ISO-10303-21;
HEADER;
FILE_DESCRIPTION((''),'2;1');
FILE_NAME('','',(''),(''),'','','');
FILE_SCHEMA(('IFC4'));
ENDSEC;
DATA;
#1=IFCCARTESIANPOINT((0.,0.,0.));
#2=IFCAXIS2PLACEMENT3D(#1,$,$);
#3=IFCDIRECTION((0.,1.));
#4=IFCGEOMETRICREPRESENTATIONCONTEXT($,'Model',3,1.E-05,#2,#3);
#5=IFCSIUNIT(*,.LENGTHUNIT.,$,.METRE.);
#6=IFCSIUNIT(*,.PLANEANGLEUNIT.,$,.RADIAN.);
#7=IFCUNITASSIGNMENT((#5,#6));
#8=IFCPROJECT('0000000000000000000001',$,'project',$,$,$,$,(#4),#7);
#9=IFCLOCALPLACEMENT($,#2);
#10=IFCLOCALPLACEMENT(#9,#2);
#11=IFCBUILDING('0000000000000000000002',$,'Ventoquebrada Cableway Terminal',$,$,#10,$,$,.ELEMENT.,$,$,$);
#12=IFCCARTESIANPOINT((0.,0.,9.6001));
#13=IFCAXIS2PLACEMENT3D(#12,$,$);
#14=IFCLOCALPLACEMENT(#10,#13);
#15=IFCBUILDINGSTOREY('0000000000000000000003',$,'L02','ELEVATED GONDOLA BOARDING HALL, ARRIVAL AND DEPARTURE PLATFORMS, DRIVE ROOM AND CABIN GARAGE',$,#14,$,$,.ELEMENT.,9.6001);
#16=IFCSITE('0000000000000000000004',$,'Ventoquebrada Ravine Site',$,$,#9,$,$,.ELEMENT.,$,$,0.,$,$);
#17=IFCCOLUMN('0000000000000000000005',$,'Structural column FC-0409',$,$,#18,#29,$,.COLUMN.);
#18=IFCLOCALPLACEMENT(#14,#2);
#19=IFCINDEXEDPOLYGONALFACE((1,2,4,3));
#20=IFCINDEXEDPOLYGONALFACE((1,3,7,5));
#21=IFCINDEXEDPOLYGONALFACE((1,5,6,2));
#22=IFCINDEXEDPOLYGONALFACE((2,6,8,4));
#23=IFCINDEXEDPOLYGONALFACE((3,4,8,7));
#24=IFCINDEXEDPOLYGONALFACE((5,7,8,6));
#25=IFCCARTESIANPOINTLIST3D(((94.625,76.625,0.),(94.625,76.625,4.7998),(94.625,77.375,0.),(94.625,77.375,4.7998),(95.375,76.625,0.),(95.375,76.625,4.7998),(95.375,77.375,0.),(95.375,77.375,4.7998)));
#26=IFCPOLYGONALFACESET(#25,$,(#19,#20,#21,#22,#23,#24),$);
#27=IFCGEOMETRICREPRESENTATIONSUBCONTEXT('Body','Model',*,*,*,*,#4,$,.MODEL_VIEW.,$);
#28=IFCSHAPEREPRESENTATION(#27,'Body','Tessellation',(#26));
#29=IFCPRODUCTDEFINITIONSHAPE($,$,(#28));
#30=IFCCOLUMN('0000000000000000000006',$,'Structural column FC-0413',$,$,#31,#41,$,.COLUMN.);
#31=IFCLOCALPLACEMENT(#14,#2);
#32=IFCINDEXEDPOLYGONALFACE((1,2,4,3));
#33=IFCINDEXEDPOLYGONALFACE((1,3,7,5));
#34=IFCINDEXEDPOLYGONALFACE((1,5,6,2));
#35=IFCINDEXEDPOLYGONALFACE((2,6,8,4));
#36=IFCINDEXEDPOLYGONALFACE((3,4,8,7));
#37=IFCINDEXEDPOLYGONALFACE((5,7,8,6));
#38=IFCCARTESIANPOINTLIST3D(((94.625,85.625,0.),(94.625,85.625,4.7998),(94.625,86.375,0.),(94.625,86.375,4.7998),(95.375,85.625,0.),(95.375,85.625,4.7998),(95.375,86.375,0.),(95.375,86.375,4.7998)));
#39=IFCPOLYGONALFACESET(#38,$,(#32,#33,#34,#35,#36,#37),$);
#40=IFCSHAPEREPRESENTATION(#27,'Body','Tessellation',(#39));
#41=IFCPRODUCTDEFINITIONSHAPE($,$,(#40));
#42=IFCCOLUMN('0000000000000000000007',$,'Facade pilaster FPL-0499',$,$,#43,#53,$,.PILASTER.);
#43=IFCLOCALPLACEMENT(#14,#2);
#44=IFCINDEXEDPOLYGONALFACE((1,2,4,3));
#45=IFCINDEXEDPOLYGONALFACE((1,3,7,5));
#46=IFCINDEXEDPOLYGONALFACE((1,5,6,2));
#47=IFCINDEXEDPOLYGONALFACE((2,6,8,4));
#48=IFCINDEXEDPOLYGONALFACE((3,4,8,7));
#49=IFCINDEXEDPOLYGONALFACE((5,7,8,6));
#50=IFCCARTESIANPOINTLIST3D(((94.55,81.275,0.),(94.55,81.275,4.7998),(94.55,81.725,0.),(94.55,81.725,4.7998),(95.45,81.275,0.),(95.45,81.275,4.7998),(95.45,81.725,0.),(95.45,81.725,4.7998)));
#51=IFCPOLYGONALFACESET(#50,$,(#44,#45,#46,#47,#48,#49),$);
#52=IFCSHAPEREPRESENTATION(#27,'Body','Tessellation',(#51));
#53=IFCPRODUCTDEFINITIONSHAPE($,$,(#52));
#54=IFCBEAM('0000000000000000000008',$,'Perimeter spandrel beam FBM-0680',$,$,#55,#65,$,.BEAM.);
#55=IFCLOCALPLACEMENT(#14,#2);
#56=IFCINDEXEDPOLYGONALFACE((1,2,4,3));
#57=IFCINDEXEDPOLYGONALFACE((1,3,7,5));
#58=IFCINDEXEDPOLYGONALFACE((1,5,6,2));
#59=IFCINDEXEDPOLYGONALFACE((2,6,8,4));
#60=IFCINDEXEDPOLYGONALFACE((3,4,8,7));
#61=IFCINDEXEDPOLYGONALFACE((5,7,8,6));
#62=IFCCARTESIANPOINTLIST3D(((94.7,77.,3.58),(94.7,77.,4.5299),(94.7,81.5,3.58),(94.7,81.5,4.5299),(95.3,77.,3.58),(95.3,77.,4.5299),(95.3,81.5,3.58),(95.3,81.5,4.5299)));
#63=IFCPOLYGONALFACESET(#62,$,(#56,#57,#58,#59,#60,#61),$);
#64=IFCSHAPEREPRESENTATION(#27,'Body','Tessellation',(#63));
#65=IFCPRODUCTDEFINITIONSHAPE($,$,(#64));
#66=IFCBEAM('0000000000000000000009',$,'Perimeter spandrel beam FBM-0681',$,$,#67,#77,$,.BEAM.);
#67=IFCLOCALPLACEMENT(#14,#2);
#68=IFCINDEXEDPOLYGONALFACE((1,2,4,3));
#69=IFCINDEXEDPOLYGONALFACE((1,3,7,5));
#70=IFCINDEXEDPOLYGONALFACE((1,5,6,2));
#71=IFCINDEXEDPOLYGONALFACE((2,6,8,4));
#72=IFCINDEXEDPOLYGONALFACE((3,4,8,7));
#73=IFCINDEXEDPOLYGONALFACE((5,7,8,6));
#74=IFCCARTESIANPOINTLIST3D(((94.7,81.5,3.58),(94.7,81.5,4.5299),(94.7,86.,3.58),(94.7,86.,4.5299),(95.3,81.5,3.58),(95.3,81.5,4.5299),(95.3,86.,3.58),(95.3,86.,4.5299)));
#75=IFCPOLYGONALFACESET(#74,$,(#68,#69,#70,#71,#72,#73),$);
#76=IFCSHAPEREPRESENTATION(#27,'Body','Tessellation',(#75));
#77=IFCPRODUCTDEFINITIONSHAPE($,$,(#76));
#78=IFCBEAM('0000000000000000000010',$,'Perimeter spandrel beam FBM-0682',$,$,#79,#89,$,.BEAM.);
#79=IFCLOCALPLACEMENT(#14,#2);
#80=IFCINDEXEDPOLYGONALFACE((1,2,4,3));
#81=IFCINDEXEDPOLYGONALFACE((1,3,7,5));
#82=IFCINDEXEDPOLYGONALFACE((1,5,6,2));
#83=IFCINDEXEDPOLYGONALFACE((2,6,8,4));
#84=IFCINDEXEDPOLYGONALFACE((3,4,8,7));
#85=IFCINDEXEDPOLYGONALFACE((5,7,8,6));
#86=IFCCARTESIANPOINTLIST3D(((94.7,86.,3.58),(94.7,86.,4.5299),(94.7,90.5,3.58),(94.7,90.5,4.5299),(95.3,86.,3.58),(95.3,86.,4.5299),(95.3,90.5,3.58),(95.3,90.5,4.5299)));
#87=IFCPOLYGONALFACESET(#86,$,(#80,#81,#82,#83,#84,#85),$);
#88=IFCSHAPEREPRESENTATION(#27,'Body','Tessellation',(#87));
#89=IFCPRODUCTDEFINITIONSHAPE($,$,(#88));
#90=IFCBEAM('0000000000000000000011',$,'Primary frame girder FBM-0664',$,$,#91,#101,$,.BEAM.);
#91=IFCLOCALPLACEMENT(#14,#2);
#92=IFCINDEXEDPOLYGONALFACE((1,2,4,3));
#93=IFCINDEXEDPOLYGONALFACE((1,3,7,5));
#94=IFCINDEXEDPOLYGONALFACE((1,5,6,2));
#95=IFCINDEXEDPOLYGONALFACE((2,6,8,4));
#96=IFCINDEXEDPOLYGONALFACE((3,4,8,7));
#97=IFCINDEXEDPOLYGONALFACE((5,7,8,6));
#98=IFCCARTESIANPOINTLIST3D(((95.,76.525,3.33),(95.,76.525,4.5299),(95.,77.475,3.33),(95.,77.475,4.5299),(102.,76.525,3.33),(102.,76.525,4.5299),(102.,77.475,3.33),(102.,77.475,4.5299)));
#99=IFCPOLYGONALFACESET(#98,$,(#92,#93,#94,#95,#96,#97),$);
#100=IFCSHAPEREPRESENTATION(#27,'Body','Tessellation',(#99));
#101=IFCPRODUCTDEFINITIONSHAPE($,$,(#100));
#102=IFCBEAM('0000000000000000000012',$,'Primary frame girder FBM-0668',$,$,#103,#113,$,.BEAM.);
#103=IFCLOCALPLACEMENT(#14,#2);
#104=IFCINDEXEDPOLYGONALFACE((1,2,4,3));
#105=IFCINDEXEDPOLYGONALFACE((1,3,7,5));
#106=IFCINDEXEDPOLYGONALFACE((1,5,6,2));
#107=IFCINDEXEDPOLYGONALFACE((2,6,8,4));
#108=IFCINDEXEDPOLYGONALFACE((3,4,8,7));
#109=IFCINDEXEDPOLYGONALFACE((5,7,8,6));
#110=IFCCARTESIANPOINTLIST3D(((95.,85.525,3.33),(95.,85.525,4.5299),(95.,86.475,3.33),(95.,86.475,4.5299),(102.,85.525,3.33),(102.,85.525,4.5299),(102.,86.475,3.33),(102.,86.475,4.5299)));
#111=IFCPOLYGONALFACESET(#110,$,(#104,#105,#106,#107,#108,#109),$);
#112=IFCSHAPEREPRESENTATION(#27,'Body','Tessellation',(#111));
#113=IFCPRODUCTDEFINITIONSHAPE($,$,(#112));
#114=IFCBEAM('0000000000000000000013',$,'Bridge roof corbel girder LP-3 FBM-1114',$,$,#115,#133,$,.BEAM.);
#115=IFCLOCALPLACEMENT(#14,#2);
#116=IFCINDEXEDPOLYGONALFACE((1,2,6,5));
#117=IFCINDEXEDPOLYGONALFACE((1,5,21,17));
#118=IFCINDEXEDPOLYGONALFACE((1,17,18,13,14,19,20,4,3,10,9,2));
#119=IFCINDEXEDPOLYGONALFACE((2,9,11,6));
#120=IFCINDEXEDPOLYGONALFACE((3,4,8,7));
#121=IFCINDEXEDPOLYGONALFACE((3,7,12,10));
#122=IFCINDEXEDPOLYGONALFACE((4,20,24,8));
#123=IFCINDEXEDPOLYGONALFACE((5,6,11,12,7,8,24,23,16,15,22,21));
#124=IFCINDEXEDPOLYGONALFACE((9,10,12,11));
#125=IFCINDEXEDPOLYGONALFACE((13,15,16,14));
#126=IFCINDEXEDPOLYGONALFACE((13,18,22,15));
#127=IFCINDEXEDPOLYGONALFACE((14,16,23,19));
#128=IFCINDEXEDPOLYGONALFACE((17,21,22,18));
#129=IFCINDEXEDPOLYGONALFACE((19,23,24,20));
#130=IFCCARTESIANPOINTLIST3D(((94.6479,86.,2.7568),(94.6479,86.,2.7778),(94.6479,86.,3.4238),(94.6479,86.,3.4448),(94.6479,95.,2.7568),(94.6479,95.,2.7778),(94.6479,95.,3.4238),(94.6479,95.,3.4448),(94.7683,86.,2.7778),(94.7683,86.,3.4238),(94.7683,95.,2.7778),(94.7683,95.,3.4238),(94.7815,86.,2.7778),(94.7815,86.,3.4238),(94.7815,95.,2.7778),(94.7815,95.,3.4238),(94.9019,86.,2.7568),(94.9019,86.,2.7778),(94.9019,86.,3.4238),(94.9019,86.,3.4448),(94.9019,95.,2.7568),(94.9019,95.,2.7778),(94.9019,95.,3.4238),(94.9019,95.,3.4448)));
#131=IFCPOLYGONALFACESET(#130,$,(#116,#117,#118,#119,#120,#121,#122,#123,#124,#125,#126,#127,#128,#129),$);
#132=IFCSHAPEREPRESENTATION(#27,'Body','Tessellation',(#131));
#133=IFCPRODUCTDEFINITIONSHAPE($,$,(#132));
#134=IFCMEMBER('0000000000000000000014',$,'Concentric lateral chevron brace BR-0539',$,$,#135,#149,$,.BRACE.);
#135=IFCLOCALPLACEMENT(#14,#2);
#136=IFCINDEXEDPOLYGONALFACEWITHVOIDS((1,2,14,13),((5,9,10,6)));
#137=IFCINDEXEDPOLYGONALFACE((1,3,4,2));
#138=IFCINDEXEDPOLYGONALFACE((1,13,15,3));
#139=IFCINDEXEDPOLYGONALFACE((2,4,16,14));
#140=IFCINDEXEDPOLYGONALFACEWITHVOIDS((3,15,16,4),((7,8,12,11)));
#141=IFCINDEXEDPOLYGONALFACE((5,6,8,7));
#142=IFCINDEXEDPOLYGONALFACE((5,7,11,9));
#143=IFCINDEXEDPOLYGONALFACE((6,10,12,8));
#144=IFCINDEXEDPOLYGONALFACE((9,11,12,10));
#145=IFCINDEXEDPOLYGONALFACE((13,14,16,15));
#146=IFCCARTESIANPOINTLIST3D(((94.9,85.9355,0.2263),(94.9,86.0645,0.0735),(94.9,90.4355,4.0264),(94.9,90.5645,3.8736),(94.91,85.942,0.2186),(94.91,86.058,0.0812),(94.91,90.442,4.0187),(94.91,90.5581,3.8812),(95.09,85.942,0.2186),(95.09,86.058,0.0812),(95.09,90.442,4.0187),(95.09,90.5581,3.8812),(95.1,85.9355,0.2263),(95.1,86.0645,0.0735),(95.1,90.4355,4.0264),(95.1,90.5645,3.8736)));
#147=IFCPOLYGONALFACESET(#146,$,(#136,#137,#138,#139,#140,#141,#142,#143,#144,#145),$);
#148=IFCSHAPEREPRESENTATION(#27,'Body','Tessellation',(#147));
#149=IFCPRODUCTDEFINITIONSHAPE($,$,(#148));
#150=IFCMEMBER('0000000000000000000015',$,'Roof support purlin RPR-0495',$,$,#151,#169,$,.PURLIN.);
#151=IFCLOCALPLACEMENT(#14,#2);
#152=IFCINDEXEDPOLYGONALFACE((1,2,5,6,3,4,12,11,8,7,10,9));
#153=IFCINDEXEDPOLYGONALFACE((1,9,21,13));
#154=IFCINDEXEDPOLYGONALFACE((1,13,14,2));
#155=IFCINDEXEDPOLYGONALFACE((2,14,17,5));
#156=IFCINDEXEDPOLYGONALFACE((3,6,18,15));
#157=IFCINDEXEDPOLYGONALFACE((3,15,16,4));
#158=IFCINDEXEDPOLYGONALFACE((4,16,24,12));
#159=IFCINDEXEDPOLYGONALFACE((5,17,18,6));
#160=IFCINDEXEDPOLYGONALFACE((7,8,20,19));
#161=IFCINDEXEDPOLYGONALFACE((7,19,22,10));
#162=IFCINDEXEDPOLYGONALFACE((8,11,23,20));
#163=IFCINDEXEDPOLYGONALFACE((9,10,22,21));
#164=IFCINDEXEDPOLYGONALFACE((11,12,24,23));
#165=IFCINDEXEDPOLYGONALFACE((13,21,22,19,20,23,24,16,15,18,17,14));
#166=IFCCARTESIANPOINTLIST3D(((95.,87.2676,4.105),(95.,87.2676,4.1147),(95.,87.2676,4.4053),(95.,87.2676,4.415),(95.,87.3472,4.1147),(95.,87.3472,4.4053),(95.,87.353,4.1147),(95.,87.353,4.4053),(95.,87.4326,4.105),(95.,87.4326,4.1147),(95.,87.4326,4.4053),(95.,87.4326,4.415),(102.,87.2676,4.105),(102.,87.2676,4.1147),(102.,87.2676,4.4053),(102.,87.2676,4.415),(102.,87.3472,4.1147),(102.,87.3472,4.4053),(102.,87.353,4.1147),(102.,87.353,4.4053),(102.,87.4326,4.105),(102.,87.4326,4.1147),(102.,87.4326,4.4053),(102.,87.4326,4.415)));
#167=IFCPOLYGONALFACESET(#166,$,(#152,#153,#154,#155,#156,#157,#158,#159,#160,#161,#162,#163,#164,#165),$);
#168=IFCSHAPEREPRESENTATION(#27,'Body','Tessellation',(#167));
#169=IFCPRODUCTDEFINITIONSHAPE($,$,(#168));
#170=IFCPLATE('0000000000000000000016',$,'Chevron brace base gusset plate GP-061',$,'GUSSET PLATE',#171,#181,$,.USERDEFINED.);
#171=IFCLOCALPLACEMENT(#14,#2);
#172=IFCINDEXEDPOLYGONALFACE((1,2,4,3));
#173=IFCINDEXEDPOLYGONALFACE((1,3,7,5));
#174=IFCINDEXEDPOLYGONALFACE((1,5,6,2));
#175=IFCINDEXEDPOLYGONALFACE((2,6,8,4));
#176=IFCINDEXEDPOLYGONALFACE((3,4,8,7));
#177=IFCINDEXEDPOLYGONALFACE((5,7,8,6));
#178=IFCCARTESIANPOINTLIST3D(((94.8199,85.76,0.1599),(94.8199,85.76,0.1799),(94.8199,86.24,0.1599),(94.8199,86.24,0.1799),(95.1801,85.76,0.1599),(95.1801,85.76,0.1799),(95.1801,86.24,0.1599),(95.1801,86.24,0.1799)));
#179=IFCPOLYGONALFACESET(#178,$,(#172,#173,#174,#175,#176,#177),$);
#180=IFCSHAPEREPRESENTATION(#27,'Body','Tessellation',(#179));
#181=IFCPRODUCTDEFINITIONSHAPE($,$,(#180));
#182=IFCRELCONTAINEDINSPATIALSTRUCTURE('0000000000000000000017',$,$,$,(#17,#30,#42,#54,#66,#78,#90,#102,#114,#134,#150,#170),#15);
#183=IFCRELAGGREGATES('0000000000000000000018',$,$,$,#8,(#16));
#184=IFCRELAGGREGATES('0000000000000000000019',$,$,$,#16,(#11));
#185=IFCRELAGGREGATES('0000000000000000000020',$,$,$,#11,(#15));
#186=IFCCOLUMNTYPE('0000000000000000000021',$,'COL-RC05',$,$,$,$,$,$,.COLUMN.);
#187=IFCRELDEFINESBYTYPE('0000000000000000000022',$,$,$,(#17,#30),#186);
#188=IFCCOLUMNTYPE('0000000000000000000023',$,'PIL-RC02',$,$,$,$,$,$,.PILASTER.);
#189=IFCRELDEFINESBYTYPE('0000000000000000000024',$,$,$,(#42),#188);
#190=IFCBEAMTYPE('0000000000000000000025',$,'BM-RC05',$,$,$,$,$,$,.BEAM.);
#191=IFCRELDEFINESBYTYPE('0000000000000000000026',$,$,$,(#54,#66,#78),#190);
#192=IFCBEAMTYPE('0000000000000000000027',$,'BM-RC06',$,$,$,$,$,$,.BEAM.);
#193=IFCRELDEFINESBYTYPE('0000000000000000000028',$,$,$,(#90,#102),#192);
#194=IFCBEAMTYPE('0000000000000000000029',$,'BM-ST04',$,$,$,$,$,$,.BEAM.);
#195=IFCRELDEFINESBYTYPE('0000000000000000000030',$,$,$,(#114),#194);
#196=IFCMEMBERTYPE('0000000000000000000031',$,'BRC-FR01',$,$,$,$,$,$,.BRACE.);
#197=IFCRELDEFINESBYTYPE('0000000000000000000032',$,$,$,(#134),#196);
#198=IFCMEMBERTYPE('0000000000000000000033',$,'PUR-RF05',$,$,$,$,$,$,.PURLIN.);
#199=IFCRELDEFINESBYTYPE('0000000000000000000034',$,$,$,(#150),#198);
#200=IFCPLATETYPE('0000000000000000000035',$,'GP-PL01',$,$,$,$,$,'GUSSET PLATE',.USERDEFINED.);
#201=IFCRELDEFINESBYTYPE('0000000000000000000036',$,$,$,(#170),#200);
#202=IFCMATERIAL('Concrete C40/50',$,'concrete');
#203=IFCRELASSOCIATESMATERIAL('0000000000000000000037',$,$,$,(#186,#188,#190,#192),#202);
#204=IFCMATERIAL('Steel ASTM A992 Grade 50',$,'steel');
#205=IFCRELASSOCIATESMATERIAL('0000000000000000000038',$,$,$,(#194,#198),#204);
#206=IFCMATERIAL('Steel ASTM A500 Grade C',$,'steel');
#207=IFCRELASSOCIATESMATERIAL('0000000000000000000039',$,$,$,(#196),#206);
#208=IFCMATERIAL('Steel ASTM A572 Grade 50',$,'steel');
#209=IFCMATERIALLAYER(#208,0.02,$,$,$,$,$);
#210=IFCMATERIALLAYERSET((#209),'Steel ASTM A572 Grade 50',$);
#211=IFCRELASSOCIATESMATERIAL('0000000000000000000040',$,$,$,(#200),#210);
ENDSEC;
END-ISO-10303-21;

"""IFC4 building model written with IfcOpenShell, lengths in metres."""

from ifc_helpers import new_model, si_unit, direction, frame, origin, origin_2d, place, context, subcontext, project, spatial, rectangle, hollow_rectangle, i_section, extrude, material, layer, layer_set, material_profile, profile_set, type_object, element, save


model = new_model("IFC4")

# Units and contexts
model_context = context("Model", 3, precision=1e-05, world=origin(), true_north=direction((0.0, 1.0)))
body_context = subcontext(model_context, "Body", "Model", "MODEL_VIEW")
ifc_project = project(units=[si_unit("LENGTHUNIT", "METRE"), si_unit("PLANEANGLEUNIT", "RADIAN")], contexts=[model_context])

# Site, building, storey
site_placement = place(None, origin())
site = spatial("IfcSite", under=ifc_project, at=site_placement, Name="Ventoquebrada Ravine Site", CompositionType="ELEMENT", RefElevation=0.0)
building_placement = place(site_placement, origin())
building = spatial("IfcBuilding", under=site, at=building_placement, Name="Ventoquebrada Cableway Terminal", CompositionType="ELEMENT")
storey_placement = place(building_placement, frame((0.0, 0.0, 9.6001)))
storey = spatial("IfcBuildingStorey", under=building, at=storey_placement, Name="L02", Description="ELEVATED GONDOLA BOARDING HALL, ARRIVAL AND DEPARTURE PLATFORMS, DRIVE ROOM AND CABIN GARAGE", CompositionType="ELEMENT", Elevation=9.6001)

# Columns
ifc_material_1 = material(Name="Concrete C40/50", Category="concrete")
ifc_material_profile_1 = material_profile(ifc_material_1, rectangle(XDim=0.75, YDim=0.75, at=origin_2d()), Name="RC-COL-750X750")
ifc_profile_set_1 = profile_set([ifc_material_profile_1], Name="Concrete C40/50")
column_type_1 = type_object("IfcColumnType", Name="COL-RC05", PredefinedType="COLUMN", material=ifc_profile_set_1)
for number, where, z_axis, x_axis, name in (
    (1, (95.0, 77.0, 0.0), (0.0, 0.0, 1.0), (1.0, 0.0, 0.0), "Structural column FC-0409"),
    (2, (95.0, 86.0, 0.0), (0.0, 0.0, 1.0), (1.0, 0.0, 0.0), "Structural column FC-0413"),
):
    element("IfcColumn", number, at=place(storey_placement, frame(where, z_axis=z_axis, x_axis=x_axis)), inside=storey, type_object=column_type_1, Name=name, PredefinedType="COLUMN", context=body_context, shape_type="SweptSolid", body=[
        extrude(rectangle(XDim=0.75, YDim=0.75, at=origin_2d()), origin(), (0.0, 0.0, 1.0), 4.7998),
    ])
ifc_material_profile_2 = material_profile(ifc_material_1, rectangle(XDim=0.45, YDim=0.8999, at=origin_2d()), Name="RC-PIL-450X900")
ifc_profile_set_2 = profile_set([ifc_material_profile_2], Name="Concrete C40/50")
column_type_2 = type_object("IfcColumnType", Name="PIL-RC02", PredefinedType="PILASTER", material=ifc_profile_set_2)
column_placement = place(storey_placement, frame((95.0, 81.5, 0.0), z_axis=(0.0, 0.0, 1.0), x_axis=(0.0, 1.0, 0.0)))
element("IfcColumn", 3, at=column_placement, inside=storey, type_object=column_type_2, Name="Facade pilaster FPL-0499", PredefinedType="PILASTER", context=body_context, shape_type="SweptSolid", body=[
    extrude(rectangle(XDim=0.45, YDim=0.8999, at=origin_2d()), origin(), (0.0, 0.0, 1.0), 4.7998),
])

# Beams
ifc_material_profile_3 = material_profile(ifc_material_1, rectangle(XDim=0.6001, YDim=0.95, at=origin_2d()), Name="RC-BM-600X950")
ifc_profile_set_3 = profile_set([ifc_material_profile_3], Name="Concrete C40/50")
beam_type_1 = type_object("IfcBeamType", Name="BM-RC05", PredefinedType="BEAM", material=ifc_profile_set_3)
for number, where, z_axis, x_axis, name in (
    (4, (95.0, 77.0, 4.0549), (0.0, 1.0, 0.0), (-1.0, 0.0, 0.0), "Perimeter spandrel beam FBM-0680"),
    (5, (95.0, 81.5, 4.0549), (0.0, 1.0, 0.0), (-1.0, 0.0, 0.0), "Perimeter spandrel beam FBM-0681"),
    (6, (95.0, 86.0, 4.0549), (0.0, 1.0, 0.0), (-1.0, 0.0, 0.0), "Perimeter spandrel beam FBM-0682"),
):
    element("IfcBeam", number, at=place(storey_placement, frame(where, z_axis=z_axis, x_axis=x_axis)), inside=storey, type_object=beam_type_1, Name=name, PredefinedType="BEAM", context=body_context, shape_type="SweptSolid", body=[
        extrude(rectangle(XDim=0.6001, YDim=0.95, at=origin_2d()), origin(), (0.0, 0.0, 1.0), 4.5),
    ])
ifc_material_profile_4 = material_profile(ifc_material_1, rectangle(XDim=0.95, YDim=1.2, at=origin_2d()), Name="RC-BM-950X1200")
ifc_profile_set_4 = profile_set([ifc_material_profile_4], Name="Concrete C40/50")
beam_type_2 = type_object("IfcBeamType", Name="BM-RC06", PredefinedType="BEAM", material=ifc_profile_set_4)
for number, where, z_axis, x_axis, name in (
    (7, (95.0, 77.0, 3.9299), (1.0, 0.0, 0.0), (0.0, 1.0, 0.0), "Primary frame girder FBM-0664"),
    (8, (95.0, 86.0, 3.9299), (1.0, 0.0, 0.0), (0.0, 1.0, 0.0), "Primary frame girder FBM-0668"),
):
    element("IfcBeam", number, at=place(storey_placement, frame(where, z_axis=z_axis, x_axis=x_axis)), inside=storey, type_object=beam_type_2, Name=name, PredefinedType="BEAM", context=body_context, shape_type="SweptSolid", body=[
        extrude(rectangle(XDim=0.95, YDim=1.2, at=origin_2d()), origin(), (0.0, 0.0, 1.0), 7.0),
    ])
ifc_material_2 = material(Name="Steel ASTM A992 Grade 50", Category="steel")
ifc_material_profile_5 = material_profile(ifc_material_2, i_section(OverallWidth=0.2539, OverallDepth=0.688, WebThickness=0.0132, FlangeThickness=0.021, at=origin_2d()), Name="W27X102")
ifc_profile_set_5 = profile_set([ifc_material_profile_5], Name="Steel ASTM A992 Grade 50")
beam_type_3 = type_object("IfcBeamType", Name="BM-ST04", PredefinedType="BEAM", material=ifc_profile_set_5)
beam_placement = place(storey_placement, frame((94.7749, 86.0, 3.1008), z_axis=(0.0, 1.0, 0.0), x_axis=(-1.0, 0.0, 0.0)))
element("IfcBeam", 9, at=beam_placement, inside=storey, type_object=beam_type_3, Name="Bridge roof corbel girder LP-3 FBM-1114", PredefinedType="BEAM", context=body_context, shape_type="SweptSolid", body=[
    extrude(i_section(OverallWidth=0.2539, OverallDepth=0.688, WebThickness=0.0132, FlangeThickness=0.021, at=origin_2d()), origin(), (0.0, 0.0, 1.0), 9.0),
])

# Members
ifc_material_3 = material(Name="Steel ASTM A500 Grade C", Category="steel")
ifc_material_profile_6 = material_profile(ifc_material_3, hollow_rectangle(XDim=0.2, YDim=0.2, WallThickness=0.01, at=origin_2d()), Name="HSS200X200X10")
ifc_profile_set_6 = profile_set([ifc_material_profile_6], Name="Steel ASTM A500 Grade C")
member_type_1 = type_object("IfcMemberType", Name="BRC-FR01", PredefinedType="BRACE", material=ifc_profile_set_6)
member_1_placement = place(storey_placement, frame((95.0, 86.0, 0.1499), z_axis=(0.0, 0.764026, 0.645186), x_axis=(-1.0, 0.0, 0.0)))
element("IfcMember", 10, at=member_1_placement, inside=storey, type_object=member_type_1, Name="Concentric lateral chevron brace BR-0539", PredefinedType="BRACE", context=body_context, shape_type="SweptSolid", body=[
    extrude(hollow_rectangle(XDim=0.2, YDim=0.2, WallThickness=0.01, at=origin_2d()), origin(), (0.0, 0.0, 1.0), 5.8899),
])
ifc_material_profile_7 = material_profile(ifc_material_2, i_section(OverallWidth=0.165, OverallDepth=0.3101, WebThickness=0.0059, FlangeThickness=0.0098, at=origin_2d()), Name="W12X26")
ifc_profile_set_7 = profile_set([ifc_material_profile_7], Name="Steel ASTM A992 Grade 50")
member_type_2 = type_object("IfcMemberType", Name="PUR-RF05", PredefinedType="PURLIN", material=ifc_profile_set_7)
member_2_placement = place(storey_placement, frame((95.0, 87.3501, 4.26), z_axis=(1.0, 0.0, 0.0), x_axis=(0.0, 1.0, 0.0)))
element("IfcMember", 11, at=member_2_placement, inside=storey, type_object=member_type_2, Name="Roof support purlin RPR-0495", PredefinedType="PURLIN", context=body_context, shape_type="SweptSolid", body=[
    extrude(i_section(OverallWidth=0.165, OverallDepth=0.3101, WebThickness=0.0059, FlangeThickness=0.0098, at=origin_2d()), origin(), (0.0, 0.0, 1.0), 7.0),
])

# Plate
ifc_material_4 = material(Name="Steel ASTM A572 Grade 50", Category="steel")
ifc_layer_1 = layer(ifc_material_4, 0.02)
ifc_layer_set_1 = layer_set([ifc_layer_1], Name="Steel ASTM A572 Grade 50")
plate_type = type_object("IfcPlateType", Name="GP-PL01", ElementType="GUSSET PLATE", PredefinedType="USERDEFINED", material=ifc_layer_set_1)
plate_placement = place(storey_placement, frame((95.0, 86.0, 0.1599), z_axis=(0.0, 0.0, 1.0), x_axis=(0.0, 1.0, 0.0)))
element("IfcPlate", 12, at=plate_placement, inside=storey, type_object=plate_type, Name="Chevron brace base gusset plate GP-061", ObjectType="GUSSET PLATE", PredefinedType="USERDEFINED", context=body_context, shape_type="SweptSolid", body=[
    extrude(rectangle(XDim=0.48, YDim=0.3601, at=origin_2d()), origin(), (0.0, 0.0, 1.0), 0.02),
])

save(model, "model.ifc")
